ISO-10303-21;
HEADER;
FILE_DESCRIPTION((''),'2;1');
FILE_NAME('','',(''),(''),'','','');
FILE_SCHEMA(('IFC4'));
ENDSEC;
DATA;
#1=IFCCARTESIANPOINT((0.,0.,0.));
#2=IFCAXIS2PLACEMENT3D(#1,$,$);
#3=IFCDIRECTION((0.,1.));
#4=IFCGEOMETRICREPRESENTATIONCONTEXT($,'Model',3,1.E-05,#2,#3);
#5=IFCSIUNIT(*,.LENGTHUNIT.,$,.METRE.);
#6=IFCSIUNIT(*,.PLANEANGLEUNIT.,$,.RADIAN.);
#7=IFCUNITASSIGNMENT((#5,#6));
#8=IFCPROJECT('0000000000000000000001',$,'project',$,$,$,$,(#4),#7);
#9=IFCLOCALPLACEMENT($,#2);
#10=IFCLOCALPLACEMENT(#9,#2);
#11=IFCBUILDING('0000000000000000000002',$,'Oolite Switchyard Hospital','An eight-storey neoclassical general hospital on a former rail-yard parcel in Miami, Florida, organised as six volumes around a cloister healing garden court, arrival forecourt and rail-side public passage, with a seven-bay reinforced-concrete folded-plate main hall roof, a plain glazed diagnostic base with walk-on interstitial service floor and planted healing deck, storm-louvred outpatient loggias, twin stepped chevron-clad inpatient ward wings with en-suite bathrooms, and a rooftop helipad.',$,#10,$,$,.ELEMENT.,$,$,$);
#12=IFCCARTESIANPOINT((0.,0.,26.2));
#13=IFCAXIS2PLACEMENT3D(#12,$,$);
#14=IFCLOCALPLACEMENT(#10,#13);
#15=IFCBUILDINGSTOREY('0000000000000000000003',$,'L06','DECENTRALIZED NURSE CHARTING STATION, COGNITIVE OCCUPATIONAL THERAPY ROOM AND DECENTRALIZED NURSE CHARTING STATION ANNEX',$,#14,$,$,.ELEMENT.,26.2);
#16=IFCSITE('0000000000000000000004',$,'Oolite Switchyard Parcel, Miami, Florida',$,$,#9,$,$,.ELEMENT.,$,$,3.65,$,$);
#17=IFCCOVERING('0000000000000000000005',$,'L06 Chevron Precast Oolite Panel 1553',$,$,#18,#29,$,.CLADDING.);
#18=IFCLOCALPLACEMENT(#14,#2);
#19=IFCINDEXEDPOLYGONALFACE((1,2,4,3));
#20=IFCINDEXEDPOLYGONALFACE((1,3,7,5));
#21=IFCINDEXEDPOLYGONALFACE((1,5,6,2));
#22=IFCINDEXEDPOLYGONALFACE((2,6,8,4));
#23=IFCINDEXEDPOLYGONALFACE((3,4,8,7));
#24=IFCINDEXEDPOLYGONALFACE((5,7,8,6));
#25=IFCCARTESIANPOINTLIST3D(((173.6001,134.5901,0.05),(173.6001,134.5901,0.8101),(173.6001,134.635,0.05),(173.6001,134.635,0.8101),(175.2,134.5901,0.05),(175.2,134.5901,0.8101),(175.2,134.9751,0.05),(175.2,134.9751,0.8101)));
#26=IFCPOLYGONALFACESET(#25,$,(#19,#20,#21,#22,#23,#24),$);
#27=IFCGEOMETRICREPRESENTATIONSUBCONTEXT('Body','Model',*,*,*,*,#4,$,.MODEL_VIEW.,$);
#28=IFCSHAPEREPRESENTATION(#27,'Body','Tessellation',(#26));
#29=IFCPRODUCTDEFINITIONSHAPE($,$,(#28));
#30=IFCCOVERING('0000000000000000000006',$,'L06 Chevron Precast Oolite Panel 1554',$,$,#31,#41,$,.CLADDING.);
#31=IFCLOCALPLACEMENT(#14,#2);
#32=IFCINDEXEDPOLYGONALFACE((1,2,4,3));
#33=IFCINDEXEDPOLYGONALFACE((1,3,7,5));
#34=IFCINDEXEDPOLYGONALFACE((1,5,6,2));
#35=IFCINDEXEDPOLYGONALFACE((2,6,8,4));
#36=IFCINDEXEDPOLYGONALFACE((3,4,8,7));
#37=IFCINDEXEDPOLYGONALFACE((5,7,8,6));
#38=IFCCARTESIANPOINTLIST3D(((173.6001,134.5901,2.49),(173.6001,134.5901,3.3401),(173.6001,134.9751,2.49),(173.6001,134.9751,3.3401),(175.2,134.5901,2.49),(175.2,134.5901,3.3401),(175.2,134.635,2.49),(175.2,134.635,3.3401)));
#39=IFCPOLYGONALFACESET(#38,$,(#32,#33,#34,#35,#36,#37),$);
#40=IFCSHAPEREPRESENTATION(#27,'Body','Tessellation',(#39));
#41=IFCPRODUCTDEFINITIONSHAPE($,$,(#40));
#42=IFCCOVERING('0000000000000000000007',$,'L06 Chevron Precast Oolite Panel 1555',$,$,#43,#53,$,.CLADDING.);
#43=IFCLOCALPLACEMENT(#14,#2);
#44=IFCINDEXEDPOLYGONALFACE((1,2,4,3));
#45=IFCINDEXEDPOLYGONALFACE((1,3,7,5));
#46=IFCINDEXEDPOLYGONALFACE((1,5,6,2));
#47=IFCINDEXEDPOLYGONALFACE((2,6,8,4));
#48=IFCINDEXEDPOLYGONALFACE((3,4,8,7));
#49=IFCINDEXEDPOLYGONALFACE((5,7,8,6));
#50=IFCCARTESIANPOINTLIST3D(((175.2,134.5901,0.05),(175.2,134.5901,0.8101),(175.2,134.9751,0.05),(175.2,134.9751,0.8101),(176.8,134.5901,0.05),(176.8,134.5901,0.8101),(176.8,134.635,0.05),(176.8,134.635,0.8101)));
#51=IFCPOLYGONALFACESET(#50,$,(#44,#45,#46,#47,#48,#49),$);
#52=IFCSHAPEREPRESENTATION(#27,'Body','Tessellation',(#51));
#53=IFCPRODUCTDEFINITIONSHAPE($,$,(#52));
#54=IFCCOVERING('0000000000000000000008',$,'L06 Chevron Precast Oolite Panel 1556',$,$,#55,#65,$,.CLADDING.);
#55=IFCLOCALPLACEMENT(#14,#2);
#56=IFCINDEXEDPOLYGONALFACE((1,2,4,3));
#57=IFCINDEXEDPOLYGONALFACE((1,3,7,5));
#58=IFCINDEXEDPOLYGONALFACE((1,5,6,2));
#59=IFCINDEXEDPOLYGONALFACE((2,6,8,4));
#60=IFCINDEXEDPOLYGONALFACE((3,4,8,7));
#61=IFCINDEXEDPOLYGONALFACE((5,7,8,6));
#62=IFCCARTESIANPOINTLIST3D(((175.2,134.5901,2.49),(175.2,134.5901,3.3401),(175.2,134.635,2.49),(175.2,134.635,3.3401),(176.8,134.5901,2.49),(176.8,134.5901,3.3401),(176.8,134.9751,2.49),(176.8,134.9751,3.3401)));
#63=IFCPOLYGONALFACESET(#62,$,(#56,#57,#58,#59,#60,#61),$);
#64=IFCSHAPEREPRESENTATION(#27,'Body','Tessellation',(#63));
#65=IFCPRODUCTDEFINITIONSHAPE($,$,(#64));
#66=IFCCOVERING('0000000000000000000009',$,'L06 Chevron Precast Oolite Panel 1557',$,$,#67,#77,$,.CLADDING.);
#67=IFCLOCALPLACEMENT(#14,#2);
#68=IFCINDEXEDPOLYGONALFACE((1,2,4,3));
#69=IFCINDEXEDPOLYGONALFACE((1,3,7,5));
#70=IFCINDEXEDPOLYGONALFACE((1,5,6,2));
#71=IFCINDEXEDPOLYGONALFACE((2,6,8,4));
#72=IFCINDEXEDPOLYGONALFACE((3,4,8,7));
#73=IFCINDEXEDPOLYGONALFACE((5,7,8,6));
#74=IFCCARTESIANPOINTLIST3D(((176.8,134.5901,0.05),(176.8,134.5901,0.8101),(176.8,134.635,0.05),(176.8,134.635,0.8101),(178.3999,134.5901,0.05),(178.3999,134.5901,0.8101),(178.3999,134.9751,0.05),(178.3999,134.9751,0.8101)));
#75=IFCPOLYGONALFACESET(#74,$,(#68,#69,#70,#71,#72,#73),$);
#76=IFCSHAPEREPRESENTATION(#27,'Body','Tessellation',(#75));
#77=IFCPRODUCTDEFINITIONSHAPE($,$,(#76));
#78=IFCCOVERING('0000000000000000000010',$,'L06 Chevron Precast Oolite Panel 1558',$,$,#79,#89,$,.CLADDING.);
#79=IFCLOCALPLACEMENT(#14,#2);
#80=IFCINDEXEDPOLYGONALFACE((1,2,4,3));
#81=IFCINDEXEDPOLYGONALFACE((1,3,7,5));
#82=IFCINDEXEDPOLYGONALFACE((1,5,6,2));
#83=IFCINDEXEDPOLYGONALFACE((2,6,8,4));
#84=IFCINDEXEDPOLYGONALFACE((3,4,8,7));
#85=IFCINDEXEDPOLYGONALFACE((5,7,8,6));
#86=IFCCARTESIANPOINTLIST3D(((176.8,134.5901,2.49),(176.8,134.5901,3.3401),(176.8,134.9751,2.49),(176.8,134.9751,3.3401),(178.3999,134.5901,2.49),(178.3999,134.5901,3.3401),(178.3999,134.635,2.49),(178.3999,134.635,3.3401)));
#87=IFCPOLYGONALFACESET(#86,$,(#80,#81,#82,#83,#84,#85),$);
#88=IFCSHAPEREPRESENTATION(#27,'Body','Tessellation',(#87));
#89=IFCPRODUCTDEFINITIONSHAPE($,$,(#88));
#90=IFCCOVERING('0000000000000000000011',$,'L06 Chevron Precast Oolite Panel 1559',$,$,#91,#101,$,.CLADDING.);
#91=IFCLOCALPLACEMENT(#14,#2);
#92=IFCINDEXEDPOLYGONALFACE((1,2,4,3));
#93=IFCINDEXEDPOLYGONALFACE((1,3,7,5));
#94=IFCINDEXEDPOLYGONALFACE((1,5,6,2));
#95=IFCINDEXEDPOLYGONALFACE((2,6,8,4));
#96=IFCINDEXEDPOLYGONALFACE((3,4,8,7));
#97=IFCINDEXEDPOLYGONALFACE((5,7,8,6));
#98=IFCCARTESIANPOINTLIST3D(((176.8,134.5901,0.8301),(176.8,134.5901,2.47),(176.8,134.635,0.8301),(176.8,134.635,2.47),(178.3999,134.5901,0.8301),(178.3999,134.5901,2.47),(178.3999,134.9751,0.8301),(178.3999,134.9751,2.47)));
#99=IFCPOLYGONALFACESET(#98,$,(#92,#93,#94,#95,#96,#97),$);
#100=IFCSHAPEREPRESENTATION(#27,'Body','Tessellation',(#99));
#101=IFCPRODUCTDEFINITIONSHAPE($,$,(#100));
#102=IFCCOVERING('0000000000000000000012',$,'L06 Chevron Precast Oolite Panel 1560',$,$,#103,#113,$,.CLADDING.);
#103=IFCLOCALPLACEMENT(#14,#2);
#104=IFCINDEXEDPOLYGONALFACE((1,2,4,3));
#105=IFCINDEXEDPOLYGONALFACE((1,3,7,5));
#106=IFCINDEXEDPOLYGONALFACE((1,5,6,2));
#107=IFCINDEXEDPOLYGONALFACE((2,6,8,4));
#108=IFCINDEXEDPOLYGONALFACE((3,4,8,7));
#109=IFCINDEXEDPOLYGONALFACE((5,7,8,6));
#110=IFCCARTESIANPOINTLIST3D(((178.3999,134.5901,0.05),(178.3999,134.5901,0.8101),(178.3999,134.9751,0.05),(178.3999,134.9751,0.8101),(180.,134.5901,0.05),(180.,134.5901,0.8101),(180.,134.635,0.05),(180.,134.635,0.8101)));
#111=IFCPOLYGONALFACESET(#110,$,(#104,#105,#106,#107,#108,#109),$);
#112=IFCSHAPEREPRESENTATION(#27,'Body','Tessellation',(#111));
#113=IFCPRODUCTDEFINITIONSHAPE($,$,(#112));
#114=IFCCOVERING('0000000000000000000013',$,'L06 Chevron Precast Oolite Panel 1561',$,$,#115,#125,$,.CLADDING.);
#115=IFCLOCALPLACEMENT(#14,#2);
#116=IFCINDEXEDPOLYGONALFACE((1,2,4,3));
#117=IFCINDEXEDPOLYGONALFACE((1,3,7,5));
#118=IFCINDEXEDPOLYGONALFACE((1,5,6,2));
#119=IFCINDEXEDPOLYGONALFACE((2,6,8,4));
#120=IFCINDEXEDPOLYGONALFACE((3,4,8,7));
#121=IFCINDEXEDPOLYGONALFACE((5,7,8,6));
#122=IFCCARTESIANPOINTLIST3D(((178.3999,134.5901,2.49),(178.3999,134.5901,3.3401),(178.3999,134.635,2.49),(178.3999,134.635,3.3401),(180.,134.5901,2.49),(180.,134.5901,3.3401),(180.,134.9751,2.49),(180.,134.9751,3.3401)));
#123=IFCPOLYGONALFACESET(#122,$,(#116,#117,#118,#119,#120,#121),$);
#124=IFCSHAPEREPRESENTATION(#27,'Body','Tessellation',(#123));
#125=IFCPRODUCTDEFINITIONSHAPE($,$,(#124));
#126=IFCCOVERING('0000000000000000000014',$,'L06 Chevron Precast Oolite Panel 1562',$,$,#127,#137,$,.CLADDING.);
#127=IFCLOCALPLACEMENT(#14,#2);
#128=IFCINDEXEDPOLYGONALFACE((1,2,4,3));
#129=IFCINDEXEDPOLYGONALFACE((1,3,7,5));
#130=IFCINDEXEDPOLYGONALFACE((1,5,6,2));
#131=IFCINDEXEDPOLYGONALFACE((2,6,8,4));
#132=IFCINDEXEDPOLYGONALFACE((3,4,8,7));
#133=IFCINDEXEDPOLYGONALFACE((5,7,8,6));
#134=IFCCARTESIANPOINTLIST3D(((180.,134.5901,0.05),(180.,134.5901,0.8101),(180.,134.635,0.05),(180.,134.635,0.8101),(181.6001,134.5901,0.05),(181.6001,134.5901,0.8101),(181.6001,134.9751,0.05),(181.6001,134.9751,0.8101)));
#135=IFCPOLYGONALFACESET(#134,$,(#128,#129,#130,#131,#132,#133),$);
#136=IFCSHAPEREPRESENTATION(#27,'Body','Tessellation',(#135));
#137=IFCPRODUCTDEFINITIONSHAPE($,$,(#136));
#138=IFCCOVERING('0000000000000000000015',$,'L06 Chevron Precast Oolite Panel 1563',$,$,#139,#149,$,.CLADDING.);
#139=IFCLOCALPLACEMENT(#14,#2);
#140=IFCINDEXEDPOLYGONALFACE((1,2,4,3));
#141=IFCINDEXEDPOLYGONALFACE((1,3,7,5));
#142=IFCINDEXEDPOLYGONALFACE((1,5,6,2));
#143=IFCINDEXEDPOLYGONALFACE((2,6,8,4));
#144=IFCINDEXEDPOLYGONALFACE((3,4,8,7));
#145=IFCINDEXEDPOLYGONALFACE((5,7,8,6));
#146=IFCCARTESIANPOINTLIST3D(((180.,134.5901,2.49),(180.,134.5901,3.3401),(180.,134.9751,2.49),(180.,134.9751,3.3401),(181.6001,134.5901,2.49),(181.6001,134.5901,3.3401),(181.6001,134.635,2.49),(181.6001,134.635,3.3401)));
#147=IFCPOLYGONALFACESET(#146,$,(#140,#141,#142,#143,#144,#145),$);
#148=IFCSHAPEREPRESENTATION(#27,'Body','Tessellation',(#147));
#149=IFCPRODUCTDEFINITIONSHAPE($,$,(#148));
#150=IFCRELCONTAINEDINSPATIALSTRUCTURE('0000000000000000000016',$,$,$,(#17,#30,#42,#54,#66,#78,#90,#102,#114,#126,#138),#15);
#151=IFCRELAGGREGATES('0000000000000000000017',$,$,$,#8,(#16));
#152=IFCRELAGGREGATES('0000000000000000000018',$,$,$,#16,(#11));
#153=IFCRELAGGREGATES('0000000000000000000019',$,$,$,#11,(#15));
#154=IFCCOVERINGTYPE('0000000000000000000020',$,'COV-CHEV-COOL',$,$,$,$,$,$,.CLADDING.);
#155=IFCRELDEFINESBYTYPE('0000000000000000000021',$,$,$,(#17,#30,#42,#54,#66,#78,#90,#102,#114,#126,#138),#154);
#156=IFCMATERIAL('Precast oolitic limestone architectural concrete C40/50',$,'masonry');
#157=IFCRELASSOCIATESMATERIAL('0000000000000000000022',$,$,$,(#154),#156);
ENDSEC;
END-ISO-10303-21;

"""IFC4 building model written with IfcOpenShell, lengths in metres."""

from ifc_helpers import new_model, si_unit, direction, frame, origin, place, context, subcontext, project, spatial, polyline, outline, extrude, material, type_object, element, save


model = new_model("IFC4")

# Units and contexts
model_context = context("Model", 3, precision=1e-05, world=origin(), true_north=direction((0.0, 1.0)))
body_context = subcontext(model_context, "Body", "Model", "MODEL_VIEW")
ifc_project = project(units=[si_unit("LENGTHUNIT", "METRE"), si_unit("PLANEANGLEUNIT", "RADIAN")], contexts=[model_context])

# Site, building, storey
site_placement = place(None, origin())
site = spatial("IfcSite", under=ifc_project, at=site_placement, Name="Oolite Switchyard Parcel, Miami, Florida", CompositionType="ELEMENT", RefElevation=3.65)
building_placement = place(site_placement, origin())
building = spatial("IfcBuilding", under=site, at=building_placement, Name="Oolite Switchyard Hospital", Description="An eight-storey neoclassical general hospital on a former rail-yard parcel in Miami, Florida, organised as six volumes around a cloister healing garden court, arrival forecourt and rail-side public passage, with a seven-bay reinforced-concrete folded-plate main hall roof, a plain glazed diagnostic base with walk-on interstitial service floor and planted healing deck, storm-louvred outpatient loggias, twin stepped chevron-clad inpatient ward wings with en-suite bathrooms, and a rooftop helipad.", CompositionType="ELEMENT")
storey_placement = place(building_placement, frame((0.0, 0.0, 26.2)))
storey = spatial("IfcBuildingStorey", under=building, at=storey_placement, Name="L06", Description="DECENTRALIZED NURSE CHARTING STATION, COGNITIVE OCCUPATIONAL THERAPY ROOM AND DECENTRALIZED NURSE CHARTING STATION ANNEX", CompositionType="ELEMENT", Elevation=26.2)

# Shared definitions
ifc_material_1 = material(Name="Precast oolitic limestone architectural concrete C40/50", Category="masonry")

# Coverings
covering_type = type_object("IfcCoveringType", Name="COV-CHEV-COOL", PredefinedType="CLADDING", material=ifc_material_1)
covering_1_placement = place(storey_placement, frame((173.6001, 134.5901, 0.05), z_axis=(0.0, 0.0, 1.0), x_axis=(1.0, 0.0, 0.0)))
element("IfcCovering", 1, at=covering_1_placement, inside=storey, type_object=covering_type, Name="L06 Chevron Precast Oolite Panel 1553", PredefinedType="CLADDING", context=body_context, shape_type="SweptSolid", body=[
    extrude(outline(polyline([(0.0, 0.0), (1.5999, 0.0), (1.5999, 0.385), (0.0, 0.0449), (0.0, 0.0)])), origin(), (0.0, 0.0, 1.0), 0.76),
])
covering_2_placement = place(storey_placement, frame((173.6001, 134.5901, 2.49), z_axis=(0.0, 0.0, 1.0), x_axis=(1.0, 0.0, 0.0)))
element("IfcCovering", 2, at=covering_2_placement, inside=storey, type_object=covering_type, Name="L06 Chevron Precast Oolite Panel 1554", PredefinedType="CLADDING", context=body_context, shape_type="SweptSolid", body=[
    extrude(outline(polyline([(0.0, 0.0), (1.5999, 0.0), (1.5999, 0.0449), (0.0, 0.385), (0.0, 0.0)])), origin(), (0.0, 0.0, 1.0), 0.8501),
])
covering_3_placement = place(storey_placement, frame((175.2, 134.5901, 0.05), z_axis=(0.0, 0.0, 1.0), x_axis=(1.0, 0.0, 0.0)))
element("IfcCovering", 3, at=covering_3_placement, inside=storey, type_object=covering_type, Name="L06 Chevron Precast Oolite Panel 1555", PredefinedType="CLADDING", context=body_context, shape_type="SweptSolid", body=[
    extrude(outline(polyline([(0.0, 0.0), (1.6001, 0.0), (1.6001, 0.0449), (0.0, 0.385), (0.0, 0.0)])), origin(), (0.0, 0.0, 1.0), 0.76),
])
covering_4_placement = place(storey_placement, frame((175.2, 134.5901, 2.49), z_axis=(0.0, 0.0, 1.0), x_axis=(1.0, 0.0, 0.0)))
element("IfcCovering", 4, at=covering_4_placement, inside=storey, type_object=covering_type, Name="L06 Chevron Precast Oolite Panel 1556", PredefinedType="CLADDING", context=body_context, shape_type="SweptSolid", body=[
    extrude(outline(polyline([(0.0, 0.0), (1.6001, 0.0), (1.6001, 0.385), (0.0, 0.0449), (0.0, 0.0)])), origin(), (0.0, 0.0, 1.0), 0.8501),
])
covering_5_placement = place(storey_placement, frame((176.8, 134.5901, 0.05), z_axis=(0.0, 0.0, 1.0), x_axis=(1.0, 0.0, 0.0)))
element("IfcCovering", 5, at=covering_5_placement, inside=storey, type_object=covering_type, Name="L06 Chevron Precast Oolite Panel 1557", PredefinedType="CLADDING", context=body_context, shape_type="SweptSolid", body=[
    extrude(outline(polyline([(0.0, 0.0), (1.5999, 0.0), (1.5999, 0.385), (0.0, 0.0449), (0.0, 0.0)])), origin(), (0.0, 0.0, 1.0), 0.76),
])
covering_6_placement = place(storey_placement, frame((176.8, 134.5901, 2.49), z_axis=(0.0, 0.0, 1.0), x_axis=(1.0, 0.0, 0.0)))
element("IfcCovering", 6, at=covering_6_placement, inside=storey, type_object=covering_type, Name="L06 Chevron Precast Oolite Panel 1558", PredefinedType="CLADDING", context=body_context, shape_type="SweptSolid", body=[
    extrude(outline(polyline([(0.0, 0.0), (1.5999, 0.0), (1.5999, 0.0449), (0.0, 0.385), (0.0, 0.0)])), origin(), (0.0, 0.0, 1.0), 0.8501),
])
covering_7_placement = place(storey_placement, frame((176.8, 134.5901, 0.8301), z_axis=(0.0, 0.0, 1.0), x_axis=(1.0, 0.0, 0.0)))
element("IfcCovering", 7, at=covering_7_placement, inside=storey, type_object=covering_type, Name="L06 Chevron Precast Oolite Panel 1559", PredefinedType="CLADDING", context=body_context, shape_type="SweptSolid", body=[
    extrude(outline(polyline([(0.0, 0.0), (1.5999, 0.0), (1.5999, 0.385), (0.0, 0.0449), (0.0, 0.0)])), origin(), (0.0, 0.0, 1.0), 1.6399),
])
covering_8_placement = place(storey_placement, frame((178.3999, 134.5901, 0.05), z_axis=(0.0, 0.0, 1.0), x_axis=(1.0, 0.0, 0.0)))
element("IfcCovering", 8, at=covering_8_placement, inside=storey, type_object=covering_type, Name="L06 Chevron Precast Oolite Panel 1560", PredefinedType="CLADDING", context=body_context, shape_type="SweptSolid", body=[
    extrude(outline(polyline([(0.0, 0.0), (1.6001, 0.0), (1.6001, 0.0449), (0.0, 0.385), (0.0, 0.0)])), origin(), (0.0, 0.0, 1.0), 0.76),
])
covering_9_placement = place(storey_placement, frame((178.3999, 134.5901, 2.49), z_axis=(0.0, 0.0, 1.0), x_axis=(1.0, 0.0, 0.0)))
element("IfcCovering", 9, at=covering_9_placement, inside=storey, type_object=covering_type, Name="L06 Chevron Precast Oolite Panel 1561", PredefinedType="CLADDING", context=body_context, shape_type="SweptSolid", body=[
    extrude(outline(polyline([(0.0, 0.0), (1.6001, 0.0), (1.6001, 0.385), (0.0, 0.0449), (0.0, 0.0)])), origin(), (0.0, 0.0, 1.0), 0.8501),
])
covering_10_placement = place(storey_placement, frame((180.0, 134.5901, 0.05), z_axis=(0.0, 0.0, 1.0), x_axis=(1.0, 0.0, 0.0)))
element("IfcCovering", 10, at=covering_10_placement, inside=storey, type_object=covering_type, Name="L06 Chevron Precast Oolite Panel 1562", PredefinedType="CLADDING", context=body_context, shape_type="SweptSolid", body=[
    extrude(outline(polyline([(0.0, 0.0), (1.6001, 0.0), (1.6001, 0.385), (0.0, 0.0449), (0.0, 0.0)])), origin(), (0.0, 0.0, 1.0), 0.76),
])
covering_11_placement = place(storey_placement, frame((180.0, 134.5901, 2.49), z_axis=(0.0, 0.0, 1.0), x_axis=(1.0, 0.0, 0.0)))
element("IfcCovering", 11, at=covering_11_placement, inside=storey, type_object=covering_type, Name="L06 Chevron Precast Oolite Panel 1563", PredefinedType="CLADDING", context=body_context, shape_type="SweptSolid", body=[
    extrude(outline(polyline([(0.0, 0.0), (1.6001, 0.0), (1.6001, 0.0449), (0.0, 0.385), (0.0, 0.0)])), origin(), (0.0, 0.0, 1.0), 0.8501),
])

save(model, "model.ifc")
